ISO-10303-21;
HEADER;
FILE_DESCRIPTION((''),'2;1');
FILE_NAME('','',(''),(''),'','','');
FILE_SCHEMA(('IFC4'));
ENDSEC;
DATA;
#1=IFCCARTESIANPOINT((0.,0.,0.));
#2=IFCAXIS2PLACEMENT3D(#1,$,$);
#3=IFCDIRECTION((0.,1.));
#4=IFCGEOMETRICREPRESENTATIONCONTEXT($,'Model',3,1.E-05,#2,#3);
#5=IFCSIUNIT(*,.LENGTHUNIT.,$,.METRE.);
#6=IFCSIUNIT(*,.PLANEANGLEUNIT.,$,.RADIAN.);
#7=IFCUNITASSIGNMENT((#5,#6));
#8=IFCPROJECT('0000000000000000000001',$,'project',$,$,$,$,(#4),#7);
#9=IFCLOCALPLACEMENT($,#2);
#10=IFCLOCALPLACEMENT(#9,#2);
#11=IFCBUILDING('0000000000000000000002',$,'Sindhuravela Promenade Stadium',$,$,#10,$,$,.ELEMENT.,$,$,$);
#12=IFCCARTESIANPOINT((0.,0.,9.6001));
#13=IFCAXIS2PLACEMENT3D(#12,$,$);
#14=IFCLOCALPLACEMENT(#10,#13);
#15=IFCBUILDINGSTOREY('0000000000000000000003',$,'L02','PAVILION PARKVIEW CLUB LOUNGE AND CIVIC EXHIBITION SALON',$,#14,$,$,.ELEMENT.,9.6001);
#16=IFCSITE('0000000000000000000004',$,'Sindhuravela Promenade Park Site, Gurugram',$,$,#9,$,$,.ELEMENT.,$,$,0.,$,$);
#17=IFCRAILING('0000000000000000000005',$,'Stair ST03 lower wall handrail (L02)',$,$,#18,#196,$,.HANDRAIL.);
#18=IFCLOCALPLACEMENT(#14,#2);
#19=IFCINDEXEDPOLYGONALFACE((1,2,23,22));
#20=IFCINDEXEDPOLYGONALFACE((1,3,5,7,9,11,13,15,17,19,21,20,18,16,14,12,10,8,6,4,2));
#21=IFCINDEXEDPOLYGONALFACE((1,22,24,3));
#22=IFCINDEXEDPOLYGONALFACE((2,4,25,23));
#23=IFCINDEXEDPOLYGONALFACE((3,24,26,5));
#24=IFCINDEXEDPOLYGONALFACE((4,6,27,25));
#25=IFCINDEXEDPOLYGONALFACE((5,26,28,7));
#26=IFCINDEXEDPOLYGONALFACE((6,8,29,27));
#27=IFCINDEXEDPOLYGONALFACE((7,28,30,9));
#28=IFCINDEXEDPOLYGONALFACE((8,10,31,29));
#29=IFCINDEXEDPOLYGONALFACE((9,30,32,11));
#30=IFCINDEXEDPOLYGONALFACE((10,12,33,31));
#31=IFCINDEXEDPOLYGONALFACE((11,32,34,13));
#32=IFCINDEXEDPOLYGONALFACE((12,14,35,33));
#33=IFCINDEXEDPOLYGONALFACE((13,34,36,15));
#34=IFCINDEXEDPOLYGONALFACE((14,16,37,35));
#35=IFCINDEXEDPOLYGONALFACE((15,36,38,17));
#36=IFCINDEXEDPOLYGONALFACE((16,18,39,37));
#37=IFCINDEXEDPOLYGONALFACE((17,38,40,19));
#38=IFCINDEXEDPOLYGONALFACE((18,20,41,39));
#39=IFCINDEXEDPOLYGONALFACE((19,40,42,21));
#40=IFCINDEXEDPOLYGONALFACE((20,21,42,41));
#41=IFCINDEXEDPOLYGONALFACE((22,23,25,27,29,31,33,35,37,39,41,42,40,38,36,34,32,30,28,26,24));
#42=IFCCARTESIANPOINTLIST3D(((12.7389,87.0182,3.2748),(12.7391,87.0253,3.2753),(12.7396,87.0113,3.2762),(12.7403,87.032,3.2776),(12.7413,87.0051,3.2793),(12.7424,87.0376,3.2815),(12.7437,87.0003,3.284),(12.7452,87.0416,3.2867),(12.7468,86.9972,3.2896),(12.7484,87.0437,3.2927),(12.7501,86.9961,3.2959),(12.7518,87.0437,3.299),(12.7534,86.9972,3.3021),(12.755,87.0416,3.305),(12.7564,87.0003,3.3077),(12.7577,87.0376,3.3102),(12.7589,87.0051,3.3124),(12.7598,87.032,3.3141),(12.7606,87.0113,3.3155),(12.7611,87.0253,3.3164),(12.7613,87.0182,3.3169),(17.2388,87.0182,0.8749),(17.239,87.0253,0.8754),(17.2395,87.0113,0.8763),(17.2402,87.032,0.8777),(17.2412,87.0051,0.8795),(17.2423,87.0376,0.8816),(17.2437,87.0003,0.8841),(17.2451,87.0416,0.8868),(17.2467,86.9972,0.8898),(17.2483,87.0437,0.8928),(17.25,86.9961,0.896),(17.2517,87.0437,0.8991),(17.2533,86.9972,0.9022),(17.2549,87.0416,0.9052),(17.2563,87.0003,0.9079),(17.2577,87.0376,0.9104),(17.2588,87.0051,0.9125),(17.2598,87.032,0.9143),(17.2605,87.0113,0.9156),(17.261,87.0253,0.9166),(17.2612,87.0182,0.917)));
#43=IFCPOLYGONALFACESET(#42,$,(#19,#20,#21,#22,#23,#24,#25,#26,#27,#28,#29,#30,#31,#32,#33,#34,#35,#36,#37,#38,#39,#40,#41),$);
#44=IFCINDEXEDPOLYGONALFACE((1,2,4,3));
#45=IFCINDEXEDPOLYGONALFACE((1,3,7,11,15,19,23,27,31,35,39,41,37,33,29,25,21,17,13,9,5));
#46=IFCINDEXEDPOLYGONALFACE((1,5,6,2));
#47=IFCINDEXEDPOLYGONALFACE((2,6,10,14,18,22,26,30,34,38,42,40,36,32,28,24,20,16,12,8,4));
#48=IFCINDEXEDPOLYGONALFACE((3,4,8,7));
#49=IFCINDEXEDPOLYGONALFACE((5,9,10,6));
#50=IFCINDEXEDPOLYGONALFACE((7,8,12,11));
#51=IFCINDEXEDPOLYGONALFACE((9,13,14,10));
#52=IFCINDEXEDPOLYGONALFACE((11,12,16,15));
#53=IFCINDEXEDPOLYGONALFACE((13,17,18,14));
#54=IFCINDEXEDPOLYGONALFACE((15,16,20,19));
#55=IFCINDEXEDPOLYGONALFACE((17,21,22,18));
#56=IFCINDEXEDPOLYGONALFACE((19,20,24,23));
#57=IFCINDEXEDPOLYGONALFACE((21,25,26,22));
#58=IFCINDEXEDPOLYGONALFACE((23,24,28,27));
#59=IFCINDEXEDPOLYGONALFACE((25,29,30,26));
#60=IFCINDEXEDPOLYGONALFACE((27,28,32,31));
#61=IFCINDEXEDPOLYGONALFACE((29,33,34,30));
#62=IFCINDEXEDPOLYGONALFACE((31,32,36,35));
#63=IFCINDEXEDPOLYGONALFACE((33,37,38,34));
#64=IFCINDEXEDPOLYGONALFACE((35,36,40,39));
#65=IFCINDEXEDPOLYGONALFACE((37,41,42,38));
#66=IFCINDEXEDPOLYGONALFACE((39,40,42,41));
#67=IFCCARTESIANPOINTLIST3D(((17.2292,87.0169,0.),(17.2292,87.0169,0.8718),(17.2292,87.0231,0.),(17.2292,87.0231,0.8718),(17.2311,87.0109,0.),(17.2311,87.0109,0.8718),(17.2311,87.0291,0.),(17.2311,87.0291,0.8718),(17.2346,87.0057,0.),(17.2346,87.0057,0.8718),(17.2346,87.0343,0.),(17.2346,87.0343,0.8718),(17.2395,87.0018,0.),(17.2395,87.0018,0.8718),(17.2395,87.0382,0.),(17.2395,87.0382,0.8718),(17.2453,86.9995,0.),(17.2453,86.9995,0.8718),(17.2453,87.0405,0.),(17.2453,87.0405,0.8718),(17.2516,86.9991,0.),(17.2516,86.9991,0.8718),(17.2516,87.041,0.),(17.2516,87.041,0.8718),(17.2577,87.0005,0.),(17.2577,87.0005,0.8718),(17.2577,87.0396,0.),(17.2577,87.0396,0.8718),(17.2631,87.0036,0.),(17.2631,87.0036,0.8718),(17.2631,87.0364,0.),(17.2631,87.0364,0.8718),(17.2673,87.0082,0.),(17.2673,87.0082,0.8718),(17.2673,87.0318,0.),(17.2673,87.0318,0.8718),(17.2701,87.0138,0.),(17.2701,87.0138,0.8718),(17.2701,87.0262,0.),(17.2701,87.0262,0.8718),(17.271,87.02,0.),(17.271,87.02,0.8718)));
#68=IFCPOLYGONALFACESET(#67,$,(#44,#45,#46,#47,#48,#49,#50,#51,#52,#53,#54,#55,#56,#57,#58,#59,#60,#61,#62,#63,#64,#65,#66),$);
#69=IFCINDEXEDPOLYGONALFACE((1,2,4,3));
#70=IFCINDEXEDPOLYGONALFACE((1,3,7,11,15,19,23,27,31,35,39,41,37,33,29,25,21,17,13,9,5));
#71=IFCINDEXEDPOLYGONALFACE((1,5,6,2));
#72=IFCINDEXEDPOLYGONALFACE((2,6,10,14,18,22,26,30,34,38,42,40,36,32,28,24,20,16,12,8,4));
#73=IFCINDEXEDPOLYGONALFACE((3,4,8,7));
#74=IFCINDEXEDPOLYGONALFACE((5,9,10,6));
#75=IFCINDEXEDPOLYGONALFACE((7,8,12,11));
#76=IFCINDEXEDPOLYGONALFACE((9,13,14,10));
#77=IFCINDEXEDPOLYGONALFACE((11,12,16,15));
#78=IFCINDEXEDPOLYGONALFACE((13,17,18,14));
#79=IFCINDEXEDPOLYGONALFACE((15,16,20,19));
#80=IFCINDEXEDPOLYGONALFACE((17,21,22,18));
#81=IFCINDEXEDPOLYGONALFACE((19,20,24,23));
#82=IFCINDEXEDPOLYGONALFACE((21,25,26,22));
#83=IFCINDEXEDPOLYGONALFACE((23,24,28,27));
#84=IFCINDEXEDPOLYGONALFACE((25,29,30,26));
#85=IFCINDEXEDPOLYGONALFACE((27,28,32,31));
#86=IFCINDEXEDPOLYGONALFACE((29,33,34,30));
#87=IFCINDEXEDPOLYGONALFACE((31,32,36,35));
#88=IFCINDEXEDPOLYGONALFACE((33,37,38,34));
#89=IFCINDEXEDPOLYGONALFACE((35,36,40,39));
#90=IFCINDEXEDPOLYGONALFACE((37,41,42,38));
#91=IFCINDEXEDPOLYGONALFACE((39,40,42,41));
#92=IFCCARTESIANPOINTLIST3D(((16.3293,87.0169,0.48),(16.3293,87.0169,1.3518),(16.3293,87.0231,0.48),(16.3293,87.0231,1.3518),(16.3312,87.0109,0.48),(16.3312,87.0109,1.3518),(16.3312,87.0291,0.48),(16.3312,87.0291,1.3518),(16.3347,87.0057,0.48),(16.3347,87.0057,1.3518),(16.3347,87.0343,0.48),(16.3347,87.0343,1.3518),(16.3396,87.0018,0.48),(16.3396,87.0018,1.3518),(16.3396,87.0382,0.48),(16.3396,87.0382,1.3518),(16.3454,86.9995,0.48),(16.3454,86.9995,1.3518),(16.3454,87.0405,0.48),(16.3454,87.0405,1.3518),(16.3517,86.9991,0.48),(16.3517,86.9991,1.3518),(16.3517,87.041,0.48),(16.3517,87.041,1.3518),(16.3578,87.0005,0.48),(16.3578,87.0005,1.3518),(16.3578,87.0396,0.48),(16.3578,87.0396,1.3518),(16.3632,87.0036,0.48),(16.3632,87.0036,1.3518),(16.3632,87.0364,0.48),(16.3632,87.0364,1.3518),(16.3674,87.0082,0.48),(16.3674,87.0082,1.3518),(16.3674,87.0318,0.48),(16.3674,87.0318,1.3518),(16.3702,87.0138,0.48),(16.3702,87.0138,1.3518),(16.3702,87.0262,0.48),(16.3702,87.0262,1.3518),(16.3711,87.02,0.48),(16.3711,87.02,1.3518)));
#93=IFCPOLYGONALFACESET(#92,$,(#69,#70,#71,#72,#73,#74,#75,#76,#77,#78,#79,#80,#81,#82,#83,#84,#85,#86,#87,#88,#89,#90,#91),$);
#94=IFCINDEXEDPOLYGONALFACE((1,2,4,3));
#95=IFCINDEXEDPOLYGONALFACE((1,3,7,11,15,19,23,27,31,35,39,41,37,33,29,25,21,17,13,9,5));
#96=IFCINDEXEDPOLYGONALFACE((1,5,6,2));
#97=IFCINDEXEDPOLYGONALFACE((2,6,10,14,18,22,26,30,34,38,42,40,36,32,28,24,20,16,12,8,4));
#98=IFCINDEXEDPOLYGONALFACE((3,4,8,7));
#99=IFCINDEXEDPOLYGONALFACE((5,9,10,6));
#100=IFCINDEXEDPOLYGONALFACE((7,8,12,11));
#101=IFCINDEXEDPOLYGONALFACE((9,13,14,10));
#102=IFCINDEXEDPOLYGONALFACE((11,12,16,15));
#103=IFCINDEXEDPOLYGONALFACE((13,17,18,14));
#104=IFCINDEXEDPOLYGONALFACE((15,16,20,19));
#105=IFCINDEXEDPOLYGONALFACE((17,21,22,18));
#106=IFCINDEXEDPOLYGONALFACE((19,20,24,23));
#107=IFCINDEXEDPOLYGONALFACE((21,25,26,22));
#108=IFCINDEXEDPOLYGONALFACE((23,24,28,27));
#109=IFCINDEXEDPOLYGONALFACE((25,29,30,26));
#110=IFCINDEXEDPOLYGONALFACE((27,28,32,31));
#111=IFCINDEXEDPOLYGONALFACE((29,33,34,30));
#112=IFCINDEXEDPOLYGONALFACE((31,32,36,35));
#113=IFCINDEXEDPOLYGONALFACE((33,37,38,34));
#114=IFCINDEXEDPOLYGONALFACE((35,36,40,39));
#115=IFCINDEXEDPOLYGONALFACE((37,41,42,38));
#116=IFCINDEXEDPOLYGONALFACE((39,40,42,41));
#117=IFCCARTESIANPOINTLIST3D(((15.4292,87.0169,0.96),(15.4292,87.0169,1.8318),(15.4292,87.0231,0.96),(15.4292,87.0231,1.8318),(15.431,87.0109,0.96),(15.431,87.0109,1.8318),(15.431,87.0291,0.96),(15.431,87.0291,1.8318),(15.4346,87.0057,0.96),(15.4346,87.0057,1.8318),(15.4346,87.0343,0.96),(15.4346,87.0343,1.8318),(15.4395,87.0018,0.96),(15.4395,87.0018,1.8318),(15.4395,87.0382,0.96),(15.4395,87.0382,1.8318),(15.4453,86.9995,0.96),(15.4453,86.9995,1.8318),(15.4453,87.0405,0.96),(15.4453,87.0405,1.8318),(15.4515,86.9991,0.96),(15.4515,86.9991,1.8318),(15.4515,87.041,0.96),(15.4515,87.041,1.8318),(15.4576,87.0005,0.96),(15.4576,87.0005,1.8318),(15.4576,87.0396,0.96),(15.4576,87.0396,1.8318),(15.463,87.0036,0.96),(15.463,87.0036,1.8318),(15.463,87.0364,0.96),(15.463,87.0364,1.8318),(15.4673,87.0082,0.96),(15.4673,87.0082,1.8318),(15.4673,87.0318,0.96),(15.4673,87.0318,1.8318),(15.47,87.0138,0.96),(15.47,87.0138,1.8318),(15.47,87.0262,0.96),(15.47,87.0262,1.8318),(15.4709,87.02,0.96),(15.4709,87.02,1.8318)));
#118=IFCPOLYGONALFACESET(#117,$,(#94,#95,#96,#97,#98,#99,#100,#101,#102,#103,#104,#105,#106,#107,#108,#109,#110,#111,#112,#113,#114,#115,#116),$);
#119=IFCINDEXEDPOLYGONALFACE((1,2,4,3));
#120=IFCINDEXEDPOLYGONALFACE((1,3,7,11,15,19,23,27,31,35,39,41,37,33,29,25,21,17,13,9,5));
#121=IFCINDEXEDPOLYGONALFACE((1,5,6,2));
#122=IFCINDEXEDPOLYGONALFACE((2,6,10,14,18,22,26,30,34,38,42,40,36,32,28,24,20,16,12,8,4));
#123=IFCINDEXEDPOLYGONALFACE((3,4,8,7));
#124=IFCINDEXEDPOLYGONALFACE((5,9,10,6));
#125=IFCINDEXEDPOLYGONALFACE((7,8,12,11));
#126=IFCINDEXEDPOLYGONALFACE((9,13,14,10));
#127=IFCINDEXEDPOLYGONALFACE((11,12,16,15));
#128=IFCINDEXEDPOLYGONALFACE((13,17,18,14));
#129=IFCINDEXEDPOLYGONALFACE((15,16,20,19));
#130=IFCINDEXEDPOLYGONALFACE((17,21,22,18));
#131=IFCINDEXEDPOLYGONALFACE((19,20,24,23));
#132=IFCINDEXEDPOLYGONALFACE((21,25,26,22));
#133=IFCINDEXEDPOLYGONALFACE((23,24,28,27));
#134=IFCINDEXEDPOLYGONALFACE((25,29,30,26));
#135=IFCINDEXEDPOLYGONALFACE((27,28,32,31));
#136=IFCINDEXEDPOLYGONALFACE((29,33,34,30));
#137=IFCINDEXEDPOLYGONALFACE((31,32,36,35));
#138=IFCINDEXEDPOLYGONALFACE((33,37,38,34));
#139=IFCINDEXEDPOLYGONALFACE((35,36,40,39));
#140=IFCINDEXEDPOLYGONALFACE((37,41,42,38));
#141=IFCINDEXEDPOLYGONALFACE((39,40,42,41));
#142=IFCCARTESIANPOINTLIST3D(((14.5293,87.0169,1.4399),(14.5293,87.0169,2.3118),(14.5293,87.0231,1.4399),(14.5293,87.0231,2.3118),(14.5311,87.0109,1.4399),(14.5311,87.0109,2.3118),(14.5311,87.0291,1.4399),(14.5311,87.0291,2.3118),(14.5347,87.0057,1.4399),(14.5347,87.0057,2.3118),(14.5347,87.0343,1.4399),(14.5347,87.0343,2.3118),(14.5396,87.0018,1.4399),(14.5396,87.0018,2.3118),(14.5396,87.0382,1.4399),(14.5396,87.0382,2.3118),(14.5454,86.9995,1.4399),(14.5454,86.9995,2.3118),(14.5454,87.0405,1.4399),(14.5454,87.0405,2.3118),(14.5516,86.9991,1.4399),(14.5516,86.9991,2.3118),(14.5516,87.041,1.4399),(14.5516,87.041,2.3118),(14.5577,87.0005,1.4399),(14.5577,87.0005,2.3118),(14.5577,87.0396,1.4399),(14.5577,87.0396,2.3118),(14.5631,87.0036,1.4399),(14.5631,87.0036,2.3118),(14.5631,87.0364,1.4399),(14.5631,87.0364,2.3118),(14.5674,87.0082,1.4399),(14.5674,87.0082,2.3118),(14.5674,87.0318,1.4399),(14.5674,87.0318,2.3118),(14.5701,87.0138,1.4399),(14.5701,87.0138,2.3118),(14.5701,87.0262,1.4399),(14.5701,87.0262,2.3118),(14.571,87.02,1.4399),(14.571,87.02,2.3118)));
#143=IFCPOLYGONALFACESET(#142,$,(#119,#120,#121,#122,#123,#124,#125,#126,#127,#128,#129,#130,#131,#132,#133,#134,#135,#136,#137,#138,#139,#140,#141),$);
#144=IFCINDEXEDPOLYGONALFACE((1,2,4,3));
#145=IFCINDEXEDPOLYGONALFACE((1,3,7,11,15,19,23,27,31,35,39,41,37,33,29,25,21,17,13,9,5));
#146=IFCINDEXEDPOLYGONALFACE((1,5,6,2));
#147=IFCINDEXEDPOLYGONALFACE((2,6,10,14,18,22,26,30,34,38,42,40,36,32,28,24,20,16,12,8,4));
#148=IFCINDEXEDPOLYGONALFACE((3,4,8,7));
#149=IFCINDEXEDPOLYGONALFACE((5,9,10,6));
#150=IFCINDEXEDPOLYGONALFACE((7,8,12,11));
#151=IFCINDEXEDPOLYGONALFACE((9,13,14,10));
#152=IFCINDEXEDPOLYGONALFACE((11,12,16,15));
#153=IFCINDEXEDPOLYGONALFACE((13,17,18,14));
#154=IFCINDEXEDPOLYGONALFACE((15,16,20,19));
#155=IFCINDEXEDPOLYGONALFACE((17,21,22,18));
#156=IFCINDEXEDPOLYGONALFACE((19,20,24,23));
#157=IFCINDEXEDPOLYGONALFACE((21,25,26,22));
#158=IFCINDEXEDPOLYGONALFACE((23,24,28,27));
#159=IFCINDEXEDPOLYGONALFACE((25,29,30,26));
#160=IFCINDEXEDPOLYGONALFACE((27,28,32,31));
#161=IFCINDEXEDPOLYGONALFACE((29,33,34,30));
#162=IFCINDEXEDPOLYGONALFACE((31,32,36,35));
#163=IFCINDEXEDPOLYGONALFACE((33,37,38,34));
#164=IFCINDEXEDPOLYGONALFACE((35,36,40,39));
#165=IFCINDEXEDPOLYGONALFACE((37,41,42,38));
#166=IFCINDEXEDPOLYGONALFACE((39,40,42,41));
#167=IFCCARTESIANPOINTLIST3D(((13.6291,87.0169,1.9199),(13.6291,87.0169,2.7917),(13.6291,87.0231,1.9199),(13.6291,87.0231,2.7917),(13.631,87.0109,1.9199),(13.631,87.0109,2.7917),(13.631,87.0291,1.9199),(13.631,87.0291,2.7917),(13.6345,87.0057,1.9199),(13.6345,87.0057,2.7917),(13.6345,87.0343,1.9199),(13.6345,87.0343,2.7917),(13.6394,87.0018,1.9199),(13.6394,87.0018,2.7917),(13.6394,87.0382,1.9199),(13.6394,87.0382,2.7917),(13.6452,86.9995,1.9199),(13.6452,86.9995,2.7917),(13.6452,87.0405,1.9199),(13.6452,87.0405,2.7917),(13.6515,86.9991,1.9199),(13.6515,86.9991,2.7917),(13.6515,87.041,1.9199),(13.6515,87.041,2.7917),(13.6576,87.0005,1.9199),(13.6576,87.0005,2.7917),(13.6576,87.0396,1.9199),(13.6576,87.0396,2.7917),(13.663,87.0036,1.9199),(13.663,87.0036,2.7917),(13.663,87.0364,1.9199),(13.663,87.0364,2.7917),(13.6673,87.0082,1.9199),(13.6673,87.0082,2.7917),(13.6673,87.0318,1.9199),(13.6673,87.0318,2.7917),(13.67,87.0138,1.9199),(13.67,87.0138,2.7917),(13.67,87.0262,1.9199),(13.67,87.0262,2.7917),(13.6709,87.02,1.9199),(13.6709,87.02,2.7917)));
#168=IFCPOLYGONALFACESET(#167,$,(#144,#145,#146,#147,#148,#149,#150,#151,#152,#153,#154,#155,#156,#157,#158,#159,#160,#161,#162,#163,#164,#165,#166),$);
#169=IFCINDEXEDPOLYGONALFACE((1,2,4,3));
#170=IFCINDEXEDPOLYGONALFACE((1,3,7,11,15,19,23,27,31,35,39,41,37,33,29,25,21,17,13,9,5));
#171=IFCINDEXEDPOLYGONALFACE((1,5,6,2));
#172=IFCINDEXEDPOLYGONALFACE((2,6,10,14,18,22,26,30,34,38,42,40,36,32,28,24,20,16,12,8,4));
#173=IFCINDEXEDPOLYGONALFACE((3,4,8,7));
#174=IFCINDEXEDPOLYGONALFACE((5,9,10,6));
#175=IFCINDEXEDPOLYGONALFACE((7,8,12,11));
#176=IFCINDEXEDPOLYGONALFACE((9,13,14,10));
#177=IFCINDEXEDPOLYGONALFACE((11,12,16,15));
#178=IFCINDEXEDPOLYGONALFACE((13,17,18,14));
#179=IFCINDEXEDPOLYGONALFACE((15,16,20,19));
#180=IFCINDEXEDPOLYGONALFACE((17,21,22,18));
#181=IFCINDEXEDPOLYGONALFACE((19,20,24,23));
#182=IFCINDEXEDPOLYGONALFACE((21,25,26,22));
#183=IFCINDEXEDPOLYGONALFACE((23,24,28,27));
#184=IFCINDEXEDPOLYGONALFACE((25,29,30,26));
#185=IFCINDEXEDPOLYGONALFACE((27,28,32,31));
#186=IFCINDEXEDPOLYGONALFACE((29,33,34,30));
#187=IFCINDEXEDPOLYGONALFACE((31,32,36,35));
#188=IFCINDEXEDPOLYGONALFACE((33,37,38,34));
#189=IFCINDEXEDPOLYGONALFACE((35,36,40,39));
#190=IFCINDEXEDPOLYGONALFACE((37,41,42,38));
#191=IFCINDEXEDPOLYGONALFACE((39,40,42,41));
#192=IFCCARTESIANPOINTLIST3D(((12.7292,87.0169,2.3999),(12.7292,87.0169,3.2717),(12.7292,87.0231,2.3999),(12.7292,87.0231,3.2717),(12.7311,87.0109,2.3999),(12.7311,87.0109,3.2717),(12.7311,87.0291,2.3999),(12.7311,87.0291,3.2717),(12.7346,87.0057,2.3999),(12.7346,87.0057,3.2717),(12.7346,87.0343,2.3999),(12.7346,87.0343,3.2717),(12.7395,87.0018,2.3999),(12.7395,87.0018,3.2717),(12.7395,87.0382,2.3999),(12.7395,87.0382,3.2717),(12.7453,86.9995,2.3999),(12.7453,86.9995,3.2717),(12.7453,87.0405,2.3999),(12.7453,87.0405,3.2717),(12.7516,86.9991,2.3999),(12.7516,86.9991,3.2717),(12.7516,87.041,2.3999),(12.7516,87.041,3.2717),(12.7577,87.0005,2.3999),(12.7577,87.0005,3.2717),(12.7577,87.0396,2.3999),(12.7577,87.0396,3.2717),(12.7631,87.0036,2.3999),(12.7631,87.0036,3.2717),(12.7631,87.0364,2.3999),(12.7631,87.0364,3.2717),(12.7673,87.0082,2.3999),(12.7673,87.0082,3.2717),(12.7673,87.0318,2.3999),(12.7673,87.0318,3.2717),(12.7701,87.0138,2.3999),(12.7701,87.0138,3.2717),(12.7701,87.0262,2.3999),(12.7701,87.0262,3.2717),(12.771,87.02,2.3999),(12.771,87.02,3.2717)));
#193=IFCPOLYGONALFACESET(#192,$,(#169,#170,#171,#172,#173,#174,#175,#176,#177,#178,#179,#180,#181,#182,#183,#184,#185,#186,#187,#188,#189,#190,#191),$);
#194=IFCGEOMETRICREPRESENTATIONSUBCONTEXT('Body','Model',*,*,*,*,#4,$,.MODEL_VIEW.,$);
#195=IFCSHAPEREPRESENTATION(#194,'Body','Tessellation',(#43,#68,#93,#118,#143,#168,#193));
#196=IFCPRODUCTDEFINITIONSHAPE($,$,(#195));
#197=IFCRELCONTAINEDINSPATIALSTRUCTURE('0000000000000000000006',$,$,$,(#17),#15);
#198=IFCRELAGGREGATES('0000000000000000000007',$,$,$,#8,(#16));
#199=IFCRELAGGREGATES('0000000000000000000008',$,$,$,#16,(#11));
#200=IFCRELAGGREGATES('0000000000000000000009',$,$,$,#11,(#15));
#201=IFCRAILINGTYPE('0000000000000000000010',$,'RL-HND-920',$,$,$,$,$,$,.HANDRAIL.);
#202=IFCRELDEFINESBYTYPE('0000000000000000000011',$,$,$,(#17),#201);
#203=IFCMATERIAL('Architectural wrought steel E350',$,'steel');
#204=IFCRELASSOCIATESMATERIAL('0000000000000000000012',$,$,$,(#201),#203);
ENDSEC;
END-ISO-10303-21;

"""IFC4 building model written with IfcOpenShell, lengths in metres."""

from ifc_helpers import new_model, si_unit, direction, frame, origin, origin_2d, place, context, subcontext, project, spatial, circle, extrude, material, type_object, element, save


model = new_model("IFC4")

# Units and contexts
model_context = context("Model", 3, precision=1e-05, world=origin(), true_north=direction((0.0, 1.0)))
body_context = subcontext(model_context, "Body", "Model", "MODEL_VIEW")
ifc_project = project(units=[si_unit("LENGTHUNIT", "METRE"), si_unit("PLANEANGLEUNIT", "RADIAN")], contexts=[model_context])

# Site, building, storey
site_placement = place(None, origin())
site = spatial("IfcSite", under=ifc_project, at=site_placement, Name="Sindhuravela Promenade Park Site, Gurugram", CompositionType="ELEMENT", RefElevation=0.0)
building_placement = place(site_placement, origin())
building = spatial("IfcBuilding", under=site, at=building_placement, Name="Sindhuravela Promenade Stadium", CompositionType="ELEMENT")
storey_placement = place(building_placement, frame((0.0, 0.0, 9.6001)))
storey = spatial("IfcBuildingStorey", under=building, at=storey_placement, Name="L02", Description="PAVILION PARKVIEW CLUB LOUNGE AND CIVIC EXHIBITION SALON", CompositionType="ELEMENT", Elevation=9.6001)

# Shared definitions
ifc_material_1 = material(Name="Architectural wrought steel E350", Category="steel")

# Railing
railing_type_1 = type_object("IfcRailingType", Name="RL-HND-920", PredefinedType="HANDRAIL", material=ifc_material_1)
railing_1_placement = place(storey_placement, frame((17.25, 87.02, 0.0)))
element("IfcRailing", 1, at=railing_1_placement, inside=storey, type_object=railing_type_1, Name="Stair ST03 lower wall handrail (L02)", PredefinedType="HANDRAIL", context=body_context, shape_type="SweptSolid", body=[
    extrude(circle(Radius=0.0239, at=origin_2d()), frame((0.0, 0.0, 0.896), z_axis=(-0.882361, 0.0, 0.470573), x_axis=(0.0, -1.0, 0.0)), (0.0, 0.0, 1.0), 5.0999),
    extrude(circle(Radius=0.021, at=origin_2d()), origin(), (0.0, 0.0, 1.0), 0.8718),
    extrude(circle(Radius=0.021, at=origin_2d()), frame((-0.8999, 0.0, 0.48)), (0.0, 0.0, 1.0), 0.8718),
    extrude(circle(Radius=0.021, at=origin_2d()), frame((-1.8, 0.0, 0.96)), (0.0, 0.0, 1.0), 0.8718),
    extrude(circle(Radius=0.021, at=origin_2d()), frame((-2.7, 0.0, 1.4399)), (0.0, 0.0, 1.0), 0.8718),
    extrude(circle(Radius=0.021, at=origin_2d()), frame((-3.6001, 0.0, 1.9199)), (0.0, 0.0, 1.0), 0.8718),
    extrude(circle(Radius=0.021, at=origin_2d()), frame((-4.5, 0.0, 2.3999)), (0.0, 0.0, 1.0), 0.8718),
])

save(model, "model.ifc")
